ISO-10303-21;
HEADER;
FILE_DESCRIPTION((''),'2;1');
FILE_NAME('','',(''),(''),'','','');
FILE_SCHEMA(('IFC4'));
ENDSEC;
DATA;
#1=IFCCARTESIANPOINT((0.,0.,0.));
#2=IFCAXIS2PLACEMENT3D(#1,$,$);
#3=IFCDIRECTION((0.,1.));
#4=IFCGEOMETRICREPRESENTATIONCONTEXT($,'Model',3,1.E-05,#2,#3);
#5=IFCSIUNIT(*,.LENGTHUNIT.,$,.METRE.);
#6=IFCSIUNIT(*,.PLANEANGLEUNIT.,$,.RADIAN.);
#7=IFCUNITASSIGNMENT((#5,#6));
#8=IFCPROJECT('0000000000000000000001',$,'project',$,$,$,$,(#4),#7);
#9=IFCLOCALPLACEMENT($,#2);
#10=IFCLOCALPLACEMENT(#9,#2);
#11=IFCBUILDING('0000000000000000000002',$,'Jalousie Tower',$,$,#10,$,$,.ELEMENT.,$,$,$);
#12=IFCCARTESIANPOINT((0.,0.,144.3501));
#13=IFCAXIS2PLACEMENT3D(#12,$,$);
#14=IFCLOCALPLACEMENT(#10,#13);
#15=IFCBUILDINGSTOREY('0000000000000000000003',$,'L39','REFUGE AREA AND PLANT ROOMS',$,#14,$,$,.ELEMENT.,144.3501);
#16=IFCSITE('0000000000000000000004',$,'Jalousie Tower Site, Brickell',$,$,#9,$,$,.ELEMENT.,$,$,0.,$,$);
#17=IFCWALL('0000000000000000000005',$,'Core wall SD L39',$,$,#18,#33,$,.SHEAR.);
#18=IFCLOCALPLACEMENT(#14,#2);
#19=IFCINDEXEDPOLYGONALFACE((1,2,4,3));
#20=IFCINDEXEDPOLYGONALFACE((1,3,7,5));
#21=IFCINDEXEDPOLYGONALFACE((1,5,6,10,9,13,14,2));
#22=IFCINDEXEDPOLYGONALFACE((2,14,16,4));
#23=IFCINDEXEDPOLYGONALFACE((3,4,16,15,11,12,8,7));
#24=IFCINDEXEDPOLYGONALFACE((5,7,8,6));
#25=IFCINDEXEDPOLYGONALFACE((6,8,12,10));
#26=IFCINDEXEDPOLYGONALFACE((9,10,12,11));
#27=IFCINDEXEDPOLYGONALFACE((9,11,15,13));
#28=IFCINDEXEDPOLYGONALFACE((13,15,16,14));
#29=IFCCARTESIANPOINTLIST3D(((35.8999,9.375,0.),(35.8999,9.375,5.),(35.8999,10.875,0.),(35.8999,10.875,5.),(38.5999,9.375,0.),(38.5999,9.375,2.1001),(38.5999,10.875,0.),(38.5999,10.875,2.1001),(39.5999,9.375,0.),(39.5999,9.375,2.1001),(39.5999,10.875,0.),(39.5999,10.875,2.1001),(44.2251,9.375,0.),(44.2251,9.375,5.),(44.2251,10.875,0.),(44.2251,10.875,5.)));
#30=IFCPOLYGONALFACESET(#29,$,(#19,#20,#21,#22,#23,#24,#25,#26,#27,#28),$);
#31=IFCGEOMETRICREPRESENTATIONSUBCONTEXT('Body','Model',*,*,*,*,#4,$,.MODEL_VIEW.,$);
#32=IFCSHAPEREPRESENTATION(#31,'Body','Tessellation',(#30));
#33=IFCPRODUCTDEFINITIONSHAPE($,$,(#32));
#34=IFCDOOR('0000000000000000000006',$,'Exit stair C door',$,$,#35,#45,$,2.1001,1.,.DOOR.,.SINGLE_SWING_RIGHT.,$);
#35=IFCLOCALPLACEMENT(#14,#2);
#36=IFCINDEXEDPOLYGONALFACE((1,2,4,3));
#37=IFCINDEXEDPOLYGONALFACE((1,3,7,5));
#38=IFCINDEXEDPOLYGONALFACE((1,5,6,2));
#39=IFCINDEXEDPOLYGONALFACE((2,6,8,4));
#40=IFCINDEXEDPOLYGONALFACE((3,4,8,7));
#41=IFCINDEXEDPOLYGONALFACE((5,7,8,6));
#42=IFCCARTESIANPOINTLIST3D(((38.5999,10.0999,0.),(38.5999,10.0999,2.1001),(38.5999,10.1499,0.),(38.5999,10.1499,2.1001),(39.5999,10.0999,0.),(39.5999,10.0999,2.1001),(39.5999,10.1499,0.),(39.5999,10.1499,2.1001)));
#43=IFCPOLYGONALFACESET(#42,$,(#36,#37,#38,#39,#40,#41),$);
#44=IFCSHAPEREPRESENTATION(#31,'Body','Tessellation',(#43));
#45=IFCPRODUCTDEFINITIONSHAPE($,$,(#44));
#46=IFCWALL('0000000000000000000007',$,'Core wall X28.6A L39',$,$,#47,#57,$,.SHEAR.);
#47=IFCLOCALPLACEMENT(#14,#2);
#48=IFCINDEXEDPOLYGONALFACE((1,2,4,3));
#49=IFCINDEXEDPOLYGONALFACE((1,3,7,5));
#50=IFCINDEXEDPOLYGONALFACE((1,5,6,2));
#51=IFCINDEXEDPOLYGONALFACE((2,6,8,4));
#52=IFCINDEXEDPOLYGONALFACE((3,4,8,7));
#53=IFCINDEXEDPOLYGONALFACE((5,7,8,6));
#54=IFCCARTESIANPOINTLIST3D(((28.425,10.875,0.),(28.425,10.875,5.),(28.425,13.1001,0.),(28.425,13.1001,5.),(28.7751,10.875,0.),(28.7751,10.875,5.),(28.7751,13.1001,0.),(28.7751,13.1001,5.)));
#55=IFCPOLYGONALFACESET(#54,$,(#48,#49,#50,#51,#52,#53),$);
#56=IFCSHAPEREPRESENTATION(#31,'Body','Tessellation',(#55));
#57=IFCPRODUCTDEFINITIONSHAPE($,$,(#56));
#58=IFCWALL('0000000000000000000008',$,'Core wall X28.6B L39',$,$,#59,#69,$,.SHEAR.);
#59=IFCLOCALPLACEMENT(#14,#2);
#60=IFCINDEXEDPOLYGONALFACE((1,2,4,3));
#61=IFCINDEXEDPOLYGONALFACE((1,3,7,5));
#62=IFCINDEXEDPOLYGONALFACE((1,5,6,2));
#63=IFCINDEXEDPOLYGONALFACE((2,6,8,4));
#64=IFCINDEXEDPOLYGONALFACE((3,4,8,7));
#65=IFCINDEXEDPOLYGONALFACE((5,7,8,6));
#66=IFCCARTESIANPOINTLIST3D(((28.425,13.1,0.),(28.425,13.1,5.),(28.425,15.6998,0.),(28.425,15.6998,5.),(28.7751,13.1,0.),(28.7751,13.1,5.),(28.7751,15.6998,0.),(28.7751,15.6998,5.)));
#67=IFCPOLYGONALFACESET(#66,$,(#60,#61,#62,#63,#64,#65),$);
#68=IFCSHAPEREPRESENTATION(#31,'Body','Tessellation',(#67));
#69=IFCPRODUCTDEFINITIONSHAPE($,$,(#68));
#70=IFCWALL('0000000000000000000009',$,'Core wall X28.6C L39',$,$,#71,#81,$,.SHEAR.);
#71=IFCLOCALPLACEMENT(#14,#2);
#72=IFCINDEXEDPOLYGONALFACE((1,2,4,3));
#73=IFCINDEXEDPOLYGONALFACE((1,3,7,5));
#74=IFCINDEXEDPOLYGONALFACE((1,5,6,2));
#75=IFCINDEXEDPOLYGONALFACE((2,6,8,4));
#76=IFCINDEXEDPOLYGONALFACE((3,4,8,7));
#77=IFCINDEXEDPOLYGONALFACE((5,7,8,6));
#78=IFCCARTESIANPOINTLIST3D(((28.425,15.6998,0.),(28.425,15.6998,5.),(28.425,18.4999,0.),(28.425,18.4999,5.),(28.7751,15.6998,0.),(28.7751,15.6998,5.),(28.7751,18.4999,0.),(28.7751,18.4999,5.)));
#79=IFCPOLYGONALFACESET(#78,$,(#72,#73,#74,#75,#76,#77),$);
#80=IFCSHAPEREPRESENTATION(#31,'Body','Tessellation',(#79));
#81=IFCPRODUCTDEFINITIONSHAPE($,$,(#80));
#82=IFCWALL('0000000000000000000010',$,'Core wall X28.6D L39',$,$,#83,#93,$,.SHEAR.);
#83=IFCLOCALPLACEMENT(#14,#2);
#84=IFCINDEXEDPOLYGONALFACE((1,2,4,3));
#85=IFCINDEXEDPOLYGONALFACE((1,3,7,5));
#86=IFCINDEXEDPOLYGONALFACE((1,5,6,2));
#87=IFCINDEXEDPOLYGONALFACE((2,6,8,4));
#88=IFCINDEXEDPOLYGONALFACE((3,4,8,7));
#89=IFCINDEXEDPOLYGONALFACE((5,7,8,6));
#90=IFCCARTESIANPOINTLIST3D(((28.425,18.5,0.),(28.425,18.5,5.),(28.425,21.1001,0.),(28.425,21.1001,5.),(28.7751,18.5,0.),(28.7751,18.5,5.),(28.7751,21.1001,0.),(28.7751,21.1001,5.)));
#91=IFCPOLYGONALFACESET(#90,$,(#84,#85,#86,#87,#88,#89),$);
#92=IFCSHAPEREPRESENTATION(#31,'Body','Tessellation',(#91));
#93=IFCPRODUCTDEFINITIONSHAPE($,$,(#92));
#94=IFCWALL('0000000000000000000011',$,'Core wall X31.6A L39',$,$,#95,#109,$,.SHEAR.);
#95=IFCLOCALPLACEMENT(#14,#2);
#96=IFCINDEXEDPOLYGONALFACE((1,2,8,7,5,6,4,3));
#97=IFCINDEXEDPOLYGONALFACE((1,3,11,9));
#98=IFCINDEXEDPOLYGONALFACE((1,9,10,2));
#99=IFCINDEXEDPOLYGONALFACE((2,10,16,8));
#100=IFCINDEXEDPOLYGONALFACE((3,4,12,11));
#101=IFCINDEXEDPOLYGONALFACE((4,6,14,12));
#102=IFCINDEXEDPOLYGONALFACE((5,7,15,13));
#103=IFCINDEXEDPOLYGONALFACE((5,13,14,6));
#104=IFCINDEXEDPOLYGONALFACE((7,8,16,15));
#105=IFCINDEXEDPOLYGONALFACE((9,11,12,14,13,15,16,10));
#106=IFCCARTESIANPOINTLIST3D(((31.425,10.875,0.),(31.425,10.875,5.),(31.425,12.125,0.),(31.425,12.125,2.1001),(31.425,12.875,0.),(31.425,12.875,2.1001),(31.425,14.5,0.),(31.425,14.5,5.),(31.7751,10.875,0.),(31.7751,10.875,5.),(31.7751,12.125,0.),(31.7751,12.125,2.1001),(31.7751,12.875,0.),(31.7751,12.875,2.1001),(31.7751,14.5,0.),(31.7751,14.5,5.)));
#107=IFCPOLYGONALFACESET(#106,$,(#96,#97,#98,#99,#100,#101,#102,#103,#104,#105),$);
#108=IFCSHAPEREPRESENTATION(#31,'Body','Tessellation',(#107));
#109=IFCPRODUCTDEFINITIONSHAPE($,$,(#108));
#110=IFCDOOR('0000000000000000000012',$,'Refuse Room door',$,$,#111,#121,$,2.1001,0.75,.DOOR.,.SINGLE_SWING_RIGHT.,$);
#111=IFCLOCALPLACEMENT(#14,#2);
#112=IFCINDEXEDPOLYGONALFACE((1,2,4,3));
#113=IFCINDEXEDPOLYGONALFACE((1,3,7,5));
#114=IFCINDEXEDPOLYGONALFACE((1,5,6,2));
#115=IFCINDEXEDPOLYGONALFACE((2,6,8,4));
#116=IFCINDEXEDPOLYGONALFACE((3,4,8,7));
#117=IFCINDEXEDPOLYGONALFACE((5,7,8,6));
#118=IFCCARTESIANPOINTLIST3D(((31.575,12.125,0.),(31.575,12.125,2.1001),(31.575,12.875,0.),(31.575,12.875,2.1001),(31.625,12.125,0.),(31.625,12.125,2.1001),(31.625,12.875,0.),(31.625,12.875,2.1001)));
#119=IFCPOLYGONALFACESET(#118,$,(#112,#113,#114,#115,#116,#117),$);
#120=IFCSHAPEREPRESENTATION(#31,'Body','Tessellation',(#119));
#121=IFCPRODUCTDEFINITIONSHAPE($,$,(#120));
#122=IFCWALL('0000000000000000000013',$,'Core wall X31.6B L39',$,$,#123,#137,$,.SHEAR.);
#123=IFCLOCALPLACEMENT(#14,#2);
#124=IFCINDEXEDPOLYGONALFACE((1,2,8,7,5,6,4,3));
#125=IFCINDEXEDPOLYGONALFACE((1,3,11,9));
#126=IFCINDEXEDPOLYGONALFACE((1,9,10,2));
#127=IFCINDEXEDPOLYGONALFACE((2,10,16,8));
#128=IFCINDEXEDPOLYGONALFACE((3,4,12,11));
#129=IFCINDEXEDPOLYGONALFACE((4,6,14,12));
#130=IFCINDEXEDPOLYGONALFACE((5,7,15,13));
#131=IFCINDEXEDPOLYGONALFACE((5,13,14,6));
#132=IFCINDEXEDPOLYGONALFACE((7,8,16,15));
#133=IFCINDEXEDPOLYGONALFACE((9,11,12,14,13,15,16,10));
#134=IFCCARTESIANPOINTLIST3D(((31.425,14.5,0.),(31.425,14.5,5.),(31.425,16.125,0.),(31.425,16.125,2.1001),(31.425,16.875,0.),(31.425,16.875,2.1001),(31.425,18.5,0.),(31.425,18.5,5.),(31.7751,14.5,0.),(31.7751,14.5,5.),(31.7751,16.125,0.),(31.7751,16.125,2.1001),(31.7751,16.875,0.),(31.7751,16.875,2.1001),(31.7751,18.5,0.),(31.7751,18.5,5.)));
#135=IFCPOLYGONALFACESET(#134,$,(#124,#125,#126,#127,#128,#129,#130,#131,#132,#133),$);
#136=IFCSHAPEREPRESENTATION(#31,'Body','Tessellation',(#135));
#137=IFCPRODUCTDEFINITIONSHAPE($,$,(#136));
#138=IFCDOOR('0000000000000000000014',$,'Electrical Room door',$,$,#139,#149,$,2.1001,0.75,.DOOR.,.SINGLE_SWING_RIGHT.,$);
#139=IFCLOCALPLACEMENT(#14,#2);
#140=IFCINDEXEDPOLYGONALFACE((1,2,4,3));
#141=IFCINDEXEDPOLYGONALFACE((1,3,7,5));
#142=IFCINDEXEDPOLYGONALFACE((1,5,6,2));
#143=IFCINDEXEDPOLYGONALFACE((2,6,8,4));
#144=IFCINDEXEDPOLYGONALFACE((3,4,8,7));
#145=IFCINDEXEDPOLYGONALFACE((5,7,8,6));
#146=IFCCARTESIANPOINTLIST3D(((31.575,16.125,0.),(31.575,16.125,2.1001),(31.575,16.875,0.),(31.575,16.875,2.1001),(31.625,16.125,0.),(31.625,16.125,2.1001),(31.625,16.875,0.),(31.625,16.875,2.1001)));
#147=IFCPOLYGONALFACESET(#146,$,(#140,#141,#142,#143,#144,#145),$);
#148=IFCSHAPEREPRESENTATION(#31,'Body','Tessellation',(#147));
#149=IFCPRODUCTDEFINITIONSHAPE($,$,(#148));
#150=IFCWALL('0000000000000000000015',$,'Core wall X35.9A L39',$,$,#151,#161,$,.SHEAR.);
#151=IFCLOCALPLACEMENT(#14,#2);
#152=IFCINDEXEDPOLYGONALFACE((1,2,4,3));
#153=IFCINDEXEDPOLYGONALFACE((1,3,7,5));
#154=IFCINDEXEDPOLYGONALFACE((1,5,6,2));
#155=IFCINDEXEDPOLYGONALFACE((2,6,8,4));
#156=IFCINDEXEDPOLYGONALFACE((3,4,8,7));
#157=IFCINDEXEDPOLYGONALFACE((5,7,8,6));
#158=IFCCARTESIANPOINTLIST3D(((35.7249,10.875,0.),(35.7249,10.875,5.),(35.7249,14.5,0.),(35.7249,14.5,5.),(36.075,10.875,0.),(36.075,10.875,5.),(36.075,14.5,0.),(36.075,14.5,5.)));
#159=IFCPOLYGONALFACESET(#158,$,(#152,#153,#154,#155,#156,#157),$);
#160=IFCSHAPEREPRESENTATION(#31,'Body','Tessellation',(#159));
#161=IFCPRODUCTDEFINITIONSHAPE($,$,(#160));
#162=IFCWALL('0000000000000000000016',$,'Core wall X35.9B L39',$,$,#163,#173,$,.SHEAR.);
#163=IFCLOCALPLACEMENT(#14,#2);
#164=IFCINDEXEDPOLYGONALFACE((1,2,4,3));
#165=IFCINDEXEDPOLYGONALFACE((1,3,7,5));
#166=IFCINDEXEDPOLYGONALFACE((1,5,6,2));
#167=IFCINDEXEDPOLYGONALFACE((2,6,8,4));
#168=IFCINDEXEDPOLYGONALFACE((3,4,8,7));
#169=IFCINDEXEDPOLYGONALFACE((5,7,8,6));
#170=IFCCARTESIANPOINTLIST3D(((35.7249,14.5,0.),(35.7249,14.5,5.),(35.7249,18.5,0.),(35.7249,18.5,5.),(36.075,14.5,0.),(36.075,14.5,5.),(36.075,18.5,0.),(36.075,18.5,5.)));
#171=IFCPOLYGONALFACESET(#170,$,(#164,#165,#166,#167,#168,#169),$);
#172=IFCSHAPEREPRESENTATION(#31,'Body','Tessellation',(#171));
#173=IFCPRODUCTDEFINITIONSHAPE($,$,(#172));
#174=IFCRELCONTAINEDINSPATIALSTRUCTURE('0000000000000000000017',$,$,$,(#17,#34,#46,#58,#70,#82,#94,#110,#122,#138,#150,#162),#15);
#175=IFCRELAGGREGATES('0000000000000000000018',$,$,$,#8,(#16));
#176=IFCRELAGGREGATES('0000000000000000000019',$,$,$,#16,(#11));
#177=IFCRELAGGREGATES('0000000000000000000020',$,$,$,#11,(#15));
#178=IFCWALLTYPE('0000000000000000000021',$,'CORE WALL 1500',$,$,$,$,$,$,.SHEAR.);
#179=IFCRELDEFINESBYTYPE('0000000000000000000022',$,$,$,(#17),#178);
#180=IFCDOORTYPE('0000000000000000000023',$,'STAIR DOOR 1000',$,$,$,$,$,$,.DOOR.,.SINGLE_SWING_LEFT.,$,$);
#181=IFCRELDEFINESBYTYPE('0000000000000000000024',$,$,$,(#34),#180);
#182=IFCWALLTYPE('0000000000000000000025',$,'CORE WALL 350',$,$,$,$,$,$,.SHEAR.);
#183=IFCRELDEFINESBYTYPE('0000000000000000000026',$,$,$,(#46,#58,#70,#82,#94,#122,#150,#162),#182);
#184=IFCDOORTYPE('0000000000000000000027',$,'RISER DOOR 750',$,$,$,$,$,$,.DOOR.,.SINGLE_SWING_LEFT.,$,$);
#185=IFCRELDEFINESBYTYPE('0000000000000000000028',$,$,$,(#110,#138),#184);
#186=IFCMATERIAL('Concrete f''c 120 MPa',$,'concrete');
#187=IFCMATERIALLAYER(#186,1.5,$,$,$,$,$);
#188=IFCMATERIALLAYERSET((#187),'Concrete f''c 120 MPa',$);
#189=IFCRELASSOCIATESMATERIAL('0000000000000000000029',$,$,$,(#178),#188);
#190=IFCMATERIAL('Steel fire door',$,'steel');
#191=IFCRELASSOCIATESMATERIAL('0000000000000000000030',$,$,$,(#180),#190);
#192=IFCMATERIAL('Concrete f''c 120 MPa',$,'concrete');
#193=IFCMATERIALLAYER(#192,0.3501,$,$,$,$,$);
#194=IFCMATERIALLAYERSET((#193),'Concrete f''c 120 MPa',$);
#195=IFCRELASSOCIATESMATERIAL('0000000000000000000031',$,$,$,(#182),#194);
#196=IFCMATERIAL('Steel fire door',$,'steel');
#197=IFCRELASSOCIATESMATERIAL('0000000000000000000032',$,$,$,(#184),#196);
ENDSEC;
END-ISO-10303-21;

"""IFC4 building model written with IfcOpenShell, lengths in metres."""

from ifc_helpers import new_model, si_unit, direction, frame, frame_2d, origin, place, context, subcontext, project, spatial, rectangle, extrude, material, layer, layer_set, type_object, element, fill, save


model = new_model("IFC4")

# Units and contexts
model_context = context("Model", 3, precision=1e-05, world=origin(), true_north=direction((0.0, 1.0)))
body_context = subcontext(model_context, "Body", "Model", "MODEL_VIEW")
ifc_project = project(units=[si_unit("LENGTHUNIT", "METRE"), si_unit("PLANEANGLEUNIT", "RADIAN")], contexts=[model_context])

# Site, building, storey
site_placement = place(None, origin())
site = spatial("IfcSite", under=ifc_project, at=site_placement, Name="Jalousie Tower Site, Brickell", CompositionType="ELEMENT", RefElevation=0.0)
building_placement = place(site_placement, origin())
building = spatial("IfcBuilding", under=site, at=building_placement, Name="Jalousie Tower", CompositionType="ELEMENT")
storey_placement = place(building_placement, frame((0.0, 0.0, 144.3501)))
storey = spatial("IfcBuildingStorey", under=building, at=storey_placement, Name="L39", Description="REFUGE AREA AND PLANT ROOMS", CompositionType="ELEMENT", Elevation=144.3501)

# Shared definitions
ifc_material_1 = material(Name="Concrete f'c 120 MPa", Category="concrete")
ifc_layer_1 = layer(ifc_material_1, 1.5)
ifc_layer_set_1 = layer_set([ifc_layer_1], Name="Concrete f'c 120 MPa")
wall_type_1 = type_object("IfcWallType", Name="CORE WALL 1500", PredefinedType="SHEAR", material=ifc_layer_set_1)

# Wall, opening, door
wall_1_placement = place(storey_placement, frame((35.8999, 10.125, 0.0), z_axis=(0.0, 0.0, 1.0), x_axis=(1.0, 0.0, 0.0)))
wall_1 = element("IfcWall", 1, at=wall_1_placement, inside=storey, type_object=wall_type_1, Name="Core wall SD L39", PredefinedType="SHEAR", context=body_context, shape_type="SweptSolid", body=[
    extrude(rectangle(XDim=8.3252, YDim=1.5, at=frame_2d((4.1626, 0.0))), origin(), (0.0, 0.0, 1.0), 5.0),
])
opening_1_placement = place(wall_1_placement, frame((2.7, 0.0, 0.0)))
opening_1 = element("IfcOpeningElement", 2, at=opening_1_placement, cuts=wall_1, PredefinedType="OPENING", context=body_context, shape_type="SweptSolid", body=[
    extrude(rectangle(XDim=1.0, YDim=2.1001, at=frame_2d((0.5, 1.05))), frame((0.0, 0.76, 0.0), z_axis=(0.0, -1.0, 0.0), x_axis=(1.0, 0.0, 0.0)), (0.0, 0.0, 1.0), 1.52),
])
ifc_material_2 = material(Name="Steel fire door", Category="steel")
door_type_1 = type_object("IfcDoorType", Name="STAIR DOOR 1000", OperationType="SINGLE_SWING_LEFT", PredefinedType="DOOR", material=ifc_material_2)
door_1_placement = place(opening_1_placement, origin())
door_1 = element("IfcDoor", 3, at=door_1_placement, inside=storey, type_object=door_type_1, Name="Exit stair C door", OperationType="SINGLE_SWING_RIGHT", OverallHeight=2.1001, OverallWidth=1.0, PredefinedType="DOOR", context=body_context, shape_type="SweptSolid", body=[
    extrude(rectangle(XDim=1.0, YDim=2.1001, at=frame_2d((0.5, 1.05))), frame((0.0, 0.0249, 0.0), z_axis=(0.0, -1.0, 0.0), x_axis=(1.0, 0.0, 0.0)), (0.0, 0.0, 1.0), 0.05),
])
fill(opening_1, door_1)

# Walls
ifc_material_3 = material(Name="Concrete f'c 120 MPa", Category="concrete")
ifc_layer_2 = layer(ifc_material_3, 0.3501)
ifc_layer_set_2 = layer_set([ifc_layer_2], Name="Concrete f'c 120 MPa")
wall_type_2 = type_object("IfcWallType", Name="CORE WALL 350", PredefinedType="SHEAR", material=ifc_layer_set_2)
wall_2_placement = place(storey_placement, frame((28.6001, 10.875, 0.0), z_axis=(0.0, 0.0, 1.0), x_axis=(0.0, 1.0, 0.0)))
element("IfcWall", 4, at=wall_2_placement, inside=storey, type_object=wall_type_2, Name="Core wall X28.6A L39", PredefinedType="SHEAR", context=body_context, shape_type="SweptSolid", body=[
    extrude(rectangle(XDim=2.2251, YDim=0.3501, at=frame_2d((1.1125, 0.0))), origin(), (0.0, 0.0, 1.0), 5.0),
])
wall_3_placement = place(storey_placement, frame((28.6001, 13.1001, 0.0), z_axis=(0.0, 0.0, 1.0), x_axis=(0.0, 1.0, 0.0)))
element("IfcWall", 5, at=wall_3_placement, inside=storey, type_object=wall_type_2, Name="Core wall X28.6B L39", PredefinedType="SHEAR", context=body_context, shape_type="SweptSolid", body=[
    extrude(rectangle(XDim=2.5999, YDim=0.3501, at=frame_2d((1.2998, 0.0))), origin(), (0.0, 0.0, 1.0), 5.0),
])
wall_4_placement = place(storey_placement, frame((28.6001, 15.7, 0.0), z_axis=(0.0, 0.0, 1.0), x_axis=(0.0, 1.0, 0.0)))
element("IfcWall", 6, at=wall_4_placement, inside=storey, type_object=wall_type_2, Name="Core wall X28.6C L39", PredefinedType="SHEAR", context=body_context, shape_type="SweptSolid", body=[
    extrude(rectangle(XDim=2.8, YDim=0.3501, at=frame_2d((1.3999, 0.0))), origin(), (0.0, 0.0, 1.0), 5.0),
])
wall_5_placement = place(storey_placement, frame((28.6001, 18.5, 0.0), z_axis=(0.0, 0.0, 1.0), x_axis=(0.0, 1.0, 0.0)))
element("IfcWall", 7, at=wall_5_placement, inside=storey, type_object=wall_type_2, Name="Core wall X28.6D L39", PredefinedType="SHEAR", context=body_context, shape_type="SweptSolid", body=[
    extrude(rectangle(XDim=2.6001, YDim=0.3501, at=frame_2d((1.3, 0.0))), origin(), (0.0, 0.0, 1.0), 5.0),
])

# Walls, openings, doors
wall_6_placement = place(storey_placement, frame((31.6001, 10.875, 0.0), z_axis=(0.0, 0.0, 1.0), x_axis=(0.0, 1.0, 0.0)))
wall_6 = element("IfcWall", 8, at=wall_6_placement, inside=storey, type_object=wall_type_2, Name="Core wall X31.6A L39", PredefinedType="SHEAR", context=body_context, shape_type="SweptSolid", body=[
    extrude(rectangle(XDim=3.625, YDim=0.3501, at=frame_2d((1.8125, 0.0))), origin(), (0.0, 0.0, 1.0), 5.0),
])
opening_2_placement = place(wall_6_placement, frame((1.25, 0.0, 0.0)))
opening_2 = element("IfcOpeningElement", 9, at=opening_2_placement, cuts=wall_6, PredefinedType="OPENING", context=body_context, shape_type="SweptSolid", body=[
    extrude(rectangle(XDim=0.75, YDim=2.1001, at=frame_2d((0.375, 1.05))), frame((0.0, 0.1851, 0.0), z_axis=(0.0, -1.0, 0.0), x_axis=(1.0, 0.0, 0.0)), (0.0, 0.0, 1.0), 0.3701),
])
ifc_material_4 = material(Name="Steel fire door", Category="steel")
door_type_2 = type_object("IfcDoorType", Name="RISER DOOR 750", OperationType="SINGLE_SWING_LEFT", PredefinedType="DOOR", material=ifc_material_4)
door_2_placement = place(opening_2_placement, frame((0.75, 0.0, 0.0), z_axis=(0.0, 0.0, 1.0), x_axis=(-1.0, 0.0, 0.0)))
door_2 = element("IfcDoor", 10, at=door_2_placement, inside=storey, type_object=door_type_2, Name="Refuse Room door", OperationType="SINGLE_SWING_RIGHT", OverallHeight=2.1001, OverallWidth=0.75, PredefinedType="DOOR", context=body_context, shape_type="SweptSolid", body=[
    extrude(rectangle(XDim=0.75, YDim=2.1001, at=frame_2d((0.375, 1.05))), frame((0.0, 0.0249, 0.0), z_axis=(0.0, -1.0, 0.0), x_axis=(1.0, 0.0, 0.0)), (0.0, 0.0, 1.0), 0.05),
])
fill(opening_2, door_2)
wall_7_placement = place(storey_placement, frame((31.6001, 14.5, 0.0), z_axis=(0.0, 0.0, 1.0), x_axis=(0.0, 1.0, 0.0)))
wall_7 = element("IfcWall", 11, at=wall_7_placement, inside=storey, type_object=wall_type_2, Name="Core wall X31.6B L39", PredefinedType="SHEAR", context=body_context, shape_type="SweptSolid", body=[
    extrude(rectangle(XDim=4.0, YDim=0.3501, at=frame_2d((2.0, 0.0))), origin(), (0.0, 0.0, 1.0), 5.0),
])
opening_3_placement = place(wall_7_placement, frame((1.625, 0.0, 0.0)))
opening_3 = element("IfcOpeningElement", 12, at=opening_3_placement, cuts=wall_7, PredefinedType="OPENING", context=body_context, shape_type="SweptSolid", body=[
    extrude(rectangle(XDim=0.75, YDim=2.1001, at=frame_2d((0.375, 1.05))), frame((0.0, 0.1851, 0.0), z_axis=(0.0, -1.0, 0.0), x_axis=(1.0, 0.0, 0.0)), (0.0, 0.0, 1.0), 0.3701),
])
door_3_placement = place(opening_3_placement, frame((0.75, 0.0, 0.0), z_axis=(0.0, 0.0, 1.0), x_axis=(-1.0, 0.0, 0.0)))
door_3 = element("IfcDoor", 13, at=door_3_placement, inside=storey, type_object=door_type_2, Name="Electrical Room door", OperationType="SINGLE_SWING_RIGHT", OverallHeight=2.1001, OverallWidth=0.75, PredefinedType="DOOR", context=body_context, shape_type="SweptSolid", body=[
    extrude(rectangle(XDim=0.75, YDim=2.1001, at=frame_2d((0.375, 1.05))), frame((0.0, 0.0249, 0.0), z_axis=(0.0, -1.0, 0.0), x_axis=(1.0, 0.0, 0.0)), (0.0, 0.0, 1.0), 0.05),
])
fill(opening_3, door_3)

# Walls
wall_8_placement = place(storey_placement, frame((35.8999, 10.875, 0.0), z_axis=(0.0, 0.0, 1.0), x_axis=(0.0, 1.0, 0.0)))
element("IfcWall", 14, at=wall_8_placement, inside=storey, type_object=wall_type_2, Name="Core wall X35.9A L39", PredefinedType="SHEAR", context=body_context, shape_type="SweptSolid", body=[
    extrude(rectangle(XDim=3.625, YDim=0.3501, at=frame_2d((1.8125, 0.0))), origin(), (0.0, 0.0, 1.0), 5.0),
])
wall_9_placement = place(storey_placement, frame((35.8999, 14.5, 0.0), z_axis=(0.0, 0.0, 1.0), x_axis=(0.0, 1.0, 0.0)))
element("IfcWall", 15, at=wall_9_placement, inside=storey, type_object=wall_type_2, Name="Core wall X35.9B L39", PredefinedType="SHEAR", context=body_context, shape_type="SweptSolid", body=[
    extrude(rectangle(XDim=4.0, YDim=0.3501, at=frame_2d((2.0, 0.0))), origin(), (0.0, 0.0, 1.0), 5.0),
])

save(model, "model.ifc")
